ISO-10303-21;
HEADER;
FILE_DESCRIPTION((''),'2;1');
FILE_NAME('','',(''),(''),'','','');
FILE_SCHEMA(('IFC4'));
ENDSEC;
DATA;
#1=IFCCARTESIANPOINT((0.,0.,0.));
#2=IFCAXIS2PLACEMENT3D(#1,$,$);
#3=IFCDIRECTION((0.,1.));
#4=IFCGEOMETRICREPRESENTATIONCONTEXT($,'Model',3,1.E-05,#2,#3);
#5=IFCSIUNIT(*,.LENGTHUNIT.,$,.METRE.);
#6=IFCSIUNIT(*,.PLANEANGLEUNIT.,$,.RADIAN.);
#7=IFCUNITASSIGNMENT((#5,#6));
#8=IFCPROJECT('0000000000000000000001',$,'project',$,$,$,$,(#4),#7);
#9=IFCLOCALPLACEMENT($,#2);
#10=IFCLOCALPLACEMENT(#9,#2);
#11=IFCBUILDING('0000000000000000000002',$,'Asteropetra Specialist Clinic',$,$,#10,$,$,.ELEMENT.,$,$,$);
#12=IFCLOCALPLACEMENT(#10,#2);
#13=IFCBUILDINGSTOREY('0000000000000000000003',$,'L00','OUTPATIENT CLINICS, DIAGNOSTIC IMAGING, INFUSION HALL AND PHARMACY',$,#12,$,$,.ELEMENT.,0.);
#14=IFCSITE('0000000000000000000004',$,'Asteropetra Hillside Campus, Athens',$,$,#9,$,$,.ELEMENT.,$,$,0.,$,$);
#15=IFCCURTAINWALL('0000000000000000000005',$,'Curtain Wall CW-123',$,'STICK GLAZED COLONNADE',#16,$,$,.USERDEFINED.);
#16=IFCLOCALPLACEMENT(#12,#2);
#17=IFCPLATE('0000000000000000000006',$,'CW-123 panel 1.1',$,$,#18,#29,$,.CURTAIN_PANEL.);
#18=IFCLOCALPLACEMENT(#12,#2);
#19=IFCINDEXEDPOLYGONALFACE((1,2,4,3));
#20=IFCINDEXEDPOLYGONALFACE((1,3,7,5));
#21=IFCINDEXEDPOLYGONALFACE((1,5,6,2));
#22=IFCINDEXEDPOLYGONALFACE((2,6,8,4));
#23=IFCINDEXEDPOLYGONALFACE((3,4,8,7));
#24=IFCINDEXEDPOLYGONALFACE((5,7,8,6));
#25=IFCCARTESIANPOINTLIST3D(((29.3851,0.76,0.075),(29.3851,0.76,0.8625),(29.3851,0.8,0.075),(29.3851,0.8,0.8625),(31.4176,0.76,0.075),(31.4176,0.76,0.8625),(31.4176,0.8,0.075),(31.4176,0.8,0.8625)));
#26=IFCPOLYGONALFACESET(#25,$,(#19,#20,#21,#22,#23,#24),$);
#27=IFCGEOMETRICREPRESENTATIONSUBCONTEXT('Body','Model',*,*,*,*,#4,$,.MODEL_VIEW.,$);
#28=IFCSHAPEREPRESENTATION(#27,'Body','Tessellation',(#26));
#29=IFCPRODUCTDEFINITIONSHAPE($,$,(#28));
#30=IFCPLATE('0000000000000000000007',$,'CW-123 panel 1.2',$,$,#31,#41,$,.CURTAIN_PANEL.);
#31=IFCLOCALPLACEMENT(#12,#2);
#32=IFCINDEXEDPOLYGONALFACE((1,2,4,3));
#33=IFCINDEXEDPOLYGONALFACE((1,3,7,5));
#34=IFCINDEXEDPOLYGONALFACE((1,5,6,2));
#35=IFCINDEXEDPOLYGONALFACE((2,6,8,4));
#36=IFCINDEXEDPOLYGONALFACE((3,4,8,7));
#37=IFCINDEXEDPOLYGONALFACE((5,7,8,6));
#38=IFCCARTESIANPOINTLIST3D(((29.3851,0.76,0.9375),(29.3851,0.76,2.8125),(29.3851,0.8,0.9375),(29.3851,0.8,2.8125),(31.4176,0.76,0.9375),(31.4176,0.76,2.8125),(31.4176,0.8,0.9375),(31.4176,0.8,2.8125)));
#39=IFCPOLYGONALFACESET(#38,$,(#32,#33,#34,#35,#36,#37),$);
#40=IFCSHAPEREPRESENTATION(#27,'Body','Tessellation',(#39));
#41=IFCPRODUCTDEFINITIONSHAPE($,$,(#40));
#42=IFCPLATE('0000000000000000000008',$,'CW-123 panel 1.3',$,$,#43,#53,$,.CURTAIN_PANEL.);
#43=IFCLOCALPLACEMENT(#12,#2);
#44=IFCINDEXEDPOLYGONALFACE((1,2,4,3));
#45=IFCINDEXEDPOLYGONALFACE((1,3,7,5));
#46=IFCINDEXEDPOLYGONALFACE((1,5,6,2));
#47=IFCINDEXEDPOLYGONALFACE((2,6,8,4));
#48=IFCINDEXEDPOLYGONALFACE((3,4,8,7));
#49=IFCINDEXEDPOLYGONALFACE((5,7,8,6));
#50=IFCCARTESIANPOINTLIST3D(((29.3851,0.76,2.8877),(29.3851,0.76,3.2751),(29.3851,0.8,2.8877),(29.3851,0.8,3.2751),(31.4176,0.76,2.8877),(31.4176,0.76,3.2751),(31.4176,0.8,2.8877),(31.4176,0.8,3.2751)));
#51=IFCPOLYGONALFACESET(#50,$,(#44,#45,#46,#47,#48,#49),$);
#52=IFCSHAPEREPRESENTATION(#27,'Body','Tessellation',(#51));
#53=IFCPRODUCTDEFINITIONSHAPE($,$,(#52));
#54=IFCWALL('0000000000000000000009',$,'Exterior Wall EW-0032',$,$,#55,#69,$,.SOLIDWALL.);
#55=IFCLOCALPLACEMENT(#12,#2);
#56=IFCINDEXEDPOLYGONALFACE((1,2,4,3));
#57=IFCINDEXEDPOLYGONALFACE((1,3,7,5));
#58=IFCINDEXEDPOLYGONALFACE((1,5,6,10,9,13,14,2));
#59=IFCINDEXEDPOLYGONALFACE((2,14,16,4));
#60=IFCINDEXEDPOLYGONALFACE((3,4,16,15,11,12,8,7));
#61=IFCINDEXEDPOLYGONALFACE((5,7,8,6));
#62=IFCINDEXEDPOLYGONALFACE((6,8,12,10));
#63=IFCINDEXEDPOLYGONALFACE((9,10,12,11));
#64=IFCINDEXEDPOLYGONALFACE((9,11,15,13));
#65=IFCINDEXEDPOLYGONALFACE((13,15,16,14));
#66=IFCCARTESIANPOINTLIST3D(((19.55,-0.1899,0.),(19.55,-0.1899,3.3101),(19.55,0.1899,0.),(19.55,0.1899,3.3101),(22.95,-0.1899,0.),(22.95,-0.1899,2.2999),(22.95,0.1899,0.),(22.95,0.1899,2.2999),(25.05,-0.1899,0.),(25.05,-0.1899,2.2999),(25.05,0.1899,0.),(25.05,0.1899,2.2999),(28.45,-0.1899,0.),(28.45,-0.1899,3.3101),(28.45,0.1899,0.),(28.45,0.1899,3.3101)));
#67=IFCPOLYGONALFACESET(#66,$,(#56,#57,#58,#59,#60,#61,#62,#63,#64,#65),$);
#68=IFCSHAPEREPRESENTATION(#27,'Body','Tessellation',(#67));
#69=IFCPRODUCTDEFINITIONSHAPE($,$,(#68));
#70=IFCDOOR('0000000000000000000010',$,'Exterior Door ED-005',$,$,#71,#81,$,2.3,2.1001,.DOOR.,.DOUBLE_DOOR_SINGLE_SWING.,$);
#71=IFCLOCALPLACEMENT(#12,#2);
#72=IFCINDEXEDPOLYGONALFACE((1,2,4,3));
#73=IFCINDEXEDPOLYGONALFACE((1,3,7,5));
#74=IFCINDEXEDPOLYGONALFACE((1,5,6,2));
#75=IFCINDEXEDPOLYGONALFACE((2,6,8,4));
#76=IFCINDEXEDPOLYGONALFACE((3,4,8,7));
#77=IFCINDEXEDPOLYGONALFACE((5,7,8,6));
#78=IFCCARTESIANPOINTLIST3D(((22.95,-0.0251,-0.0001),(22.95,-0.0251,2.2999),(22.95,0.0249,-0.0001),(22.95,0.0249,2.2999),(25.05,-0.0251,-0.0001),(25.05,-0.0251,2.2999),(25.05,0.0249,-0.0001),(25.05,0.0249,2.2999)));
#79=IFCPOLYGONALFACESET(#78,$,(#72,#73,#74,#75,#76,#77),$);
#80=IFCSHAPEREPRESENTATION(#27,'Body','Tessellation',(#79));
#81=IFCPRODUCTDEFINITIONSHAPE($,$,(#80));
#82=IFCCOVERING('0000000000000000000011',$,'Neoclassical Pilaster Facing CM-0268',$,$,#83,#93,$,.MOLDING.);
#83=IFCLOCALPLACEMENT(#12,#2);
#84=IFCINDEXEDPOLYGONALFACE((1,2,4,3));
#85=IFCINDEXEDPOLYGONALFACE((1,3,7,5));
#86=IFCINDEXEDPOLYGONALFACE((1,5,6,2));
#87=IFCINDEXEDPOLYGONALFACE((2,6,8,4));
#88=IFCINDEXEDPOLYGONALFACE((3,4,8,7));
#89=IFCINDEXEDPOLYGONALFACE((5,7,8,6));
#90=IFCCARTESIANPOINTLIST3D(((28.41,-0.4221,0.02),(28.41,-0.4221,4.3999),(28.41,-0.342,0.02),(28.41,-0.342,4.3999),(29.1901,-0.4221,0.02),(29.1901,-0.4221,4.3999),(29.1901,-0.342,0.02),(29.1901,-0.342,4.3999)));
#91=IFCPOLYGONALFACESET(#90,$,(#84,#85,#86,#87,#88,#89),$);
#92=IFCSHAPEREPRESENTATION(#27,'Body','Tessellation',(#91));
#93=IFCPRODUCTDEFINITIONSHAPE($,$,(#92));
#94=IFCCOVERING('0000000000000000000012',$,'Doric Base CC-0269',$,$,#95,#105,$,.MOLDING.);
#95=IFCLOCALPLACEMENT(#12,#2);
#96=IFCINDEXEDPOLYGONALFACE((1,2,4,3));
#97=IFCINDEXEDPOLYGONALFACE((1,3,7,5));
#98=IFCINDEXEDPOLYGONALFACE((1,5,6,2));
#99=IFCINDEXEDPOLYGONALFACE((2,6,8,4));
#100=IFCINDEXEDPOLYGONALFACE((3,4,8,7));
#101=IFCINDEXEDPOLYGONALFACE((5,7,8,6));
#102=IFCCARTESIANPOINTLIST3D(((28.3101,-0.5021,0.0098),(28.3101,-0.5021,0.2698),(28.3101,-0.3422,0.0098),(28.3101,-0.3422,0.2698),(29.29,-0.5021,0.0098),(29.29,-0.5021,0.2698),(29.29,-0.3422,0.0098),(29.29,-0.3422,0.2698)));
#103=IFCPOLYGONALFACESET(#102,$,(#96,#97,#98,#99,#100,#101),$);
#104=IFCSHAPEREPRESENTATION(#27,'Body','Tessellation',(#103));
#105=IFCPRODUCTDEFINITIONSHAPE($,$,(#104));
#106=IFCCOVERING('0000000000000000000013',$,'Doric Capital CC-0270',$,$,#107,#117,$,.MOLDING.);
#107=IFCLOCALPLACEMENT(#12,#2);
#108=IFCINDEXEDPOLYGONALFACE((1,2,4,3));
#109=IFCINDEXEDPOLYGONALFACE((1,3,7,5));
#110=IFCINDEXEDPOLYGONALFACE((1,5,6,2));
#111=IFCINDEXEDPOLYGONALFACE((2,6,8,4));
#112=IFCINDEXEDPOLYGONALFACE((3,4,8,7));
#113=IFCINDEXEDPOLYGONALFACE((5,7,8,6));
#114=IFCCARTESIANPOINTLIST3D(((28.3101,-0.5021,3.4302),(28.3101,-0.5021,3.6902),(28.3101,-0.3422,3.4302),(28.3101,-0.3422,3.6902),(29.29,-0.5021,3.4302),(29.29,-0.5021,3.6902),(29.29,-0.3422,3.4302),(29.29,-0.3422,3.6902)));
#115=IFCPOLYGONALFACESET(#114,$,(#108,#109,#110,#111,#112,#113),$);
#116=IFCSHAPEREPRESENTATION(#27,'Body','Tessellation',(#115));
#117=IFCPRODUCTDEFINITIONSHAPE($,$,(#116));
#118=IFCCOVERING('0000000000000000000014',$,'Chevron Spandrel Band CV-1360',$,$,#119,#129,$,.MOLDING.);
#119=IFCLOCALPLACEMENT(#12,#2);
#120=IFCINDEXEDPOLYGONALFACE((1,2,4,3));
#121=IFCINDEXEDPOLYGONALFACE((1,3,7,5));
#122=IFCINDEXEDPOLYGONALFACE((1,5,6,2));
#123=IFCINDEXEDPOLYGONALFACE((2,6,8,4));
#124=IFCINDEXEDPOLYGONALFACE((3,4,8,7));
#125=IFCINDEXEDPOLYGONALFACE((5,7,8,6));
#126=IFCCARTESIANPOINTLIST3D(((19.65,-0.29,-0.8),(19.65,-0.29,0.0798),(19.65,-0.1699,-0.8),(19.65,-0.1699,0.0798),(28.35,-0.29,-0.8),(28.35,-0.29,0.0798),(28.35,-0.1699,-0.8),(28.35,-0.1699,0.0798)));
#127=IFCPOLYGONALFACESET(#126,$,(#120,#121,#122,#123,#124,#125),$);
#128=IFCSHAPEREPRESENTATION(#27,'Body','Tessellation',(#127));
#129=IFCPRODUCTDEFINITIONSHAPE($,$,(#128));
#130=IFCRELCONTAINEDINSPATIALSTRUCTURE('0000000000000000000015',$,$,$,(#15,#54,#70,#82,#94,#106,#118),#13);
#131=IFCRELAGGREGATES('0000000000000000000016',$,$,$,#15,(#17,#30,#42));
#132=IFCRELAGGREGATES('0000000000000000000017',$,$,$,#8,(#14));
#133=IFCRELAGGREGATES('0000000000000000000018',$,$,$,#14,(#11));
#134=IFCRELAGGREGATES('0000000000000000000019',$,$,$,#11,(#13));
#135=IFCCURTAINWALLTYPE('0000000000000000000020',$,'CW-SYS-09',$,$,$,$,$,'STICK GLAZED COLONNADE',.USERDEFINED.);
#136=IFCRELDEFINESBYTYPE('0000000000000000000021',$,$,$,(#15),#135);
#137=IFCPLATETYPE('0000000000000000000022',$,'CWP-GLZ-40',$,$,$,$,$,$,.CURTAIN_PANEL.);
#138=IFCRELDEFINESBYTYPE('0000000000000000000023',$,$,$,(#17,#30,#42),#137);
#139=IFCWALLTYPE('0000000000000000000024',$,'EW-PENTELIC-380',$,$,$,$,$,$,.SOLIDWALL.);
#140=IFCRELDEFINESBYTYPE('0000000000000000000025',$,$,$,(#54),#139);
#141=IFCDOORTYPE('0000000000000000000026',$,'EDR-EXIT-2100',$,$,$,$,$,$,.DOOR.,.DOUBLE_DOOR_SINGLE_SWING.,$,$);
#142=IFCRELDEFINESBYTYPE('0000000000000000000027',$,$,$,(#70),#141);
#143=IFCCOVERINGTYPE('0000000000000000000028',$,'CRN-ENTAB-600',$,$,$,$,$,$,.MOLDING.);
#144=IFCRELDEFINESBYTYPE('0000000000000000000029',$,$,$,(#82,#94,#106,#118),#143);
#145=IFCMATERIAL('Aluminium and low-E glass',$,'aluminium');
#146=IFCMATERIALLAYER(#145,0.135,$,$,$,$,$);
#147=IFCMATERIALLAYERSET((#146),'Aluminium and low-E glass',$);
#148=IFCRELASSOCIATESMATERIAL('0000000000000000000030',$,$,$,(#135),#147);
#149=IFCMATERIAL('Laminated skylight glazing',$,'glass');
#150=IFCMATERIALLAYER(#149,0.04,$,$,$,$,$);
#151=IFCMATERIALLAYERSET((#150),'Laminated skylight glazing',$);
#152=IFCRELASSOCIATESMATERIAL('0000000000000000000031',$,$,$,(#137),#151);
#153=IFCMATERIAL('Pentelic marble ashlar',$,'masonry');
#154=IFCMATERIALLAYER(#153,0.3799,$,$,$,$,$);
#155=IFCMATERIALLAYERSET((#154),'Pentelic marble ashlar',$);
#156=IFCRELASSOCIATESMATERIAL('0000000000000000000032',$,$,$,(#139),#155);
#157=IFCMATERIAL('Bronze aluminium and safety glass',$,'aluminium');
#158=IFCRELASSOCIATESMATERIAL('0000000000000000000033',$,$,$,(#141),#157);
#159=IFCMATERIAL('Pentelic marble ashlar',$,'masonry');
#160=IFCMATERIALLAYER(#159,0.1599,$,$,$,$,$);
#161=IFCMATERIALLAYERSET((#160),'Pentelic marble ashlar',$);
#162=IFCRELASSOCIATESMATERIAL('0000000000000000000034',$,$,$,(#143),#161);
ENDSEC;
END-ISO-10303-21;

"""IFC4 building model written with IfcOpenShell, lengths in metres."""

from ifc_helpers import new_model, si_unit, direction, frame, frame_2d, origin, origin_2d, place, context, subcontext, project, spatial, rectangle, extrude, material, layer, layer_set, type_object, element, fill, aggregate, save


model = new_model("IFC4")

# Units and contexts
model_context = context("Model", 3, precision=1e-05, world=origin(), true_north=direction((0.0, 1.0)))
body_context = subcontext(model_context, "Body", "Model", "MODEL_VIEW")
ifc_project = project(units=[si_unit("LENGTHUNIT", "METRE"), si_unit("PLANEANGLEUNIT", "RADIAN")], contexts=[model_context])

# Site, building, storey
site_placement = place(None, origin())
site = spatial("IfcSite", under=ifc_project, at=site_placement, Name="Asteropetra Hillside Campus, Athens", CompositionType="ELEMENT", RefElevation=0.0)
building_placement = place(site_placement, origin())
building = spatial("IfcBuilding", under=site, at=building_placement, Name="Asteropetra Specialist Clinic", CompositionType="ELEMENT")
storey_placement = place(building_placement, origin())
storey = spatial("IfcBuildingStorey", under=building, at=storey_placement, Name="L00", Description="OUTPATIENT CLINICS, DIAGNOSTIC IMAGING, INFUSION HALL AND PHARMACY", CompositionType="ELEMENT", Elevation=0.0)

# Curtain wall
ifc_material_1 = material(Name="Aluminium and low-E glass", Category="aluminium")
ifc_layer_1 = layer(ifc_material_1, 0.135)
ifc_layer_set_1 = layer_set([ifc_layer_1], Name="Aluminium and low-E glass")
curtain_wall_type = type_object("IfcCurtainWallType", Name="CW-SYS-09", ElementType="STICK GLAZED COLONNADE", PredefinedType="USERDEFINED", material=ifc_layer_set_1)
curtain_wall_placement = place(storey_placement, origin())
curtain_wall = element("IfcCurtainWall", 1, at=curtain_wall_placement, inside=storey, type_object=curtain_wall_type, Name="Curtain Wall CW-123", ObjectType="STICK GLAZED COLONNADE", PredefinedType="USERDEFINED")

# Plates
ifc_material_2 = material(Name="Laminated skylight glazing", Category="glass")
ifc_layer_2 = layer(ifc_material_2, 0.04)
ifc_layer_set_2 = layer_set([ifc_layer_2], Name="Laminated skylight glazing")
plate_type = type_object("IfcPlateType", Name="CWP-GLZ-40", PredefinedType="CURTAIN_PANEL", material=ifc_layer_set_2)
plate_1_placement = place(storey_placement, frame((30.4014, 0.78, 0.075), z_axis=(0.0, 0.0, 1.0), x_axis=(1.0, 0.0, 0.0)))
plate_1 = element("IfcPlate", 2, at=plate_1_placement, type_object=plate_type, Name="CW-123 panel 1.1", PredefinedType="CURTAIN_PANEL", context=body_context, shape_type="SweptSolid", body=[
    extrude(rectangle(XDim=2.0325, YDim=0.04, at=origin_2d()), origin(), (0.0, 0.0, 1.0), 0.7876),
])
plate_2_placement = place(storey_placement, frame((30.4014, 0.78, 0.9375), z_axis=(0.0, 0.0, 1.0), x_axis=(1.0, 0.0, 0.0)))
plate_2 = element("IfcPlate", 3, at=plate_2_placement, type_object=plate_type, Name="CW-123 panel 1.2", PredefinedType="CURTAIN_PANEL", context=body_context, shape_type="SweptSolid", body=[
    extrude(rectangle(XDim=2.0325, YDim=0.04, at=origin_2d()), origin(), (0.0, 0.0, 1.0), 1.875),
])
plate_3_placement = place(storey_placement, frame((30.4014, 0.78, 2.8877), z_axis=(0.0, 0.0, 1.0), x_axis=(1.0, 0.0, 0.0)))
plate_3 = element("IfcPlate", 4, at=plate_3_placement, type_object=plate_type, Name="CW-123 panel 1.3", PredefinedType="CURTAIN_PANEL", context=body_context, shape_type="SweptSolid", body=[
    extrude(rectangle(XDim=2.0325, YDim=0.04, at=origin_2d()), origin(), (0.0, 0.0, 1.0), 0.3875),
])
aggregate(curtain_wall, [plate_1, plate_2, plate_3])

# Wall, opening, door
ifc_material_3 = material(Name="Pentelic marble ashlar", Category="masonry")
ifc_layer_3 = layer(ifc_material_3, 0.3799)
ifc_layer_set_3 = layer_set([ifc_layer_3], Name="Pentelic marble ashlar")
wall_type = type_object("IfcWallType", Name="EW-PENTELIC-380", PredefinedType="SOLIDWALL", material=ifc_layer_set_3)
wall_placement = place(storey_placement, frame((19.55, 0.0, 0.0), z_axis=(0.0, 0.0, 1.0), x_axis=(1.0, 0.0, 0.0)))
wall = element("IfcWall", 5, at=wall_placement, inside=storey, type_object=wall_type, Name="Exterior Wall EW-0032", PredefinedType="SOLIDWALL", context=body_context, shape_type="SweptSolid", body=[
    extrude(rectangle(XDim=8.8999, YDim=0.3799, at=frame_2d((4.45, 0.0))), origin(), (0.0, 0.0, 1.0), 3.3101),
])
opening_placement = place(wall_placement, frame((3.3999, 0.0, 0.0)))
opening = element("IfcOpeningElement", 6, at=opening_placement, cuts=wall, PredefinedType="OPENING", context=body_context, shape_type="SweptSolid", body=[
    extrude(rectangle(XDim=2.1001, YDim=2.3, at=frame_2d((1.05, 1.1499))), frame((0.0, 0.2, 0.0), z_axis=(0.0, -1.0, 0.0), x_axis=(1.0, 0.0, 0.0)), (0.0, 0.0, 1.0), 0.3999),
])
ifc_material_4 = material(Name="Bronze aluminium and safety glass", Category="aluminium")
door_type = type_object("IfcDoorType", Name="EDR-EXIT-2100", OperationType="DOUBLE_DOOR_SINGLE_SWING", PredefinedType="DOOR", material=ifc_material_4)
door_placement = place(opening_placement, origin())
door = element("IfcDoor", 7, at=door_placement, inside=storey, type_object=door_type, Name="Exterior Door ED-005", OperationType="DOUBLE_DOOR_SINGLE_SWING", OverallHeight=2.3, OverallWidth=2.1001, PredefinedType="DOOR", context=body_context, shape_type="SweptSolid", body=[
    extrude(rectangle(XDim=2.1001, YDim=2.3, at=frame_2d((1.05, 1.1499))), frame((0.0, 0.0249, 0.0), z_axis=(0.0, -1.0, 0.0), x_axis=(1.0, 0.0, 0.0)), (0.0, 0.0, 1.0), 0.05),
])
fill(opening, door)

# Coverings
ifc_material_5 = material(Name="Pentelic marble ashlar", Category="masonry")
ifc_layer_4 = layer(ifc_material_5, 0.1599)
ifc_layer_set_4 = layer_set([ifc_layer_4], Name="Pentelic marble ashlar")
covering_type = type_object("IfcCoveringType", Name="CRN-ENTAB-600", PredefinedType="MOLDING", material=ifc_layer_set_4)
covering_1_placement = place(storey_placement, frame((28.8, -0.3821, 0.02), z_axis=(0.0, 0.0, 1.0), x_axis=(1.0, 0.0, 0.0)))
element("IfcCovering", 8, at=covering_1_placement, inside=storey, type_object=covering_type, Name="Neoclassical Pilaster Facing CM-0268", PredefinedType="MOLDING", context=body_context, shape_type="SweptSolid", body=[
    extrude(rectangle(XDim=0.78, YDim=0.0801, at=origin_2d()), origin(), (0.0, 0.0, 1.0), 4.3799),
])
for number, where, z_axis, x_axis, name in (
    (9, (28.8, -0.4221, 0.0098), (0.0, 0.0, 1.0), (1.0, 0.0, 0.0), "Doric Base CC-0269"),
    (10, (28.8, -0.4221, 3.4302), (0.0, 0.0, 1.0), (1.0, 0.0, 0.0), "Doric Capital CC-0270"),
):
    element("IfcCovering", number, at=place(storey_placement, frame(where, z_axis=z_axis, x_axis=x_axis)), inside=storey, type_object=covering_type, Name=name, PredefinedType="MOLDING", context=body_context, shape_type="SweptSolid", body=[
        extrude(rectangle(XDim=0.98, YDim=0.1599, at=origin_2d()), origin(), (0.0, 0.0, 1.0), 0.26),
    ])
covering_2_placement = place(storey_placement, frame((24.0, -0.23, -0.8), z_axis=(0.0, 0.0, 1.0), x_axis=(1.0, 0.0, 0.0)))
element("IfcCovering", 11, at=covering_2_placement, inside=storey, type_object=covering_type, Name="Chevron Spandrel Band CV-1360", PredefinedType="MOLDING", context=body_context, shape_type="SweptSolid", body=[
    extrude(rectangle(XDim=8.7, YDim=0.1201, at=origin_2d()), origin(), (0.0, 0.0, 1.0), 0.8799),
])

save(model, "model.ifc")
